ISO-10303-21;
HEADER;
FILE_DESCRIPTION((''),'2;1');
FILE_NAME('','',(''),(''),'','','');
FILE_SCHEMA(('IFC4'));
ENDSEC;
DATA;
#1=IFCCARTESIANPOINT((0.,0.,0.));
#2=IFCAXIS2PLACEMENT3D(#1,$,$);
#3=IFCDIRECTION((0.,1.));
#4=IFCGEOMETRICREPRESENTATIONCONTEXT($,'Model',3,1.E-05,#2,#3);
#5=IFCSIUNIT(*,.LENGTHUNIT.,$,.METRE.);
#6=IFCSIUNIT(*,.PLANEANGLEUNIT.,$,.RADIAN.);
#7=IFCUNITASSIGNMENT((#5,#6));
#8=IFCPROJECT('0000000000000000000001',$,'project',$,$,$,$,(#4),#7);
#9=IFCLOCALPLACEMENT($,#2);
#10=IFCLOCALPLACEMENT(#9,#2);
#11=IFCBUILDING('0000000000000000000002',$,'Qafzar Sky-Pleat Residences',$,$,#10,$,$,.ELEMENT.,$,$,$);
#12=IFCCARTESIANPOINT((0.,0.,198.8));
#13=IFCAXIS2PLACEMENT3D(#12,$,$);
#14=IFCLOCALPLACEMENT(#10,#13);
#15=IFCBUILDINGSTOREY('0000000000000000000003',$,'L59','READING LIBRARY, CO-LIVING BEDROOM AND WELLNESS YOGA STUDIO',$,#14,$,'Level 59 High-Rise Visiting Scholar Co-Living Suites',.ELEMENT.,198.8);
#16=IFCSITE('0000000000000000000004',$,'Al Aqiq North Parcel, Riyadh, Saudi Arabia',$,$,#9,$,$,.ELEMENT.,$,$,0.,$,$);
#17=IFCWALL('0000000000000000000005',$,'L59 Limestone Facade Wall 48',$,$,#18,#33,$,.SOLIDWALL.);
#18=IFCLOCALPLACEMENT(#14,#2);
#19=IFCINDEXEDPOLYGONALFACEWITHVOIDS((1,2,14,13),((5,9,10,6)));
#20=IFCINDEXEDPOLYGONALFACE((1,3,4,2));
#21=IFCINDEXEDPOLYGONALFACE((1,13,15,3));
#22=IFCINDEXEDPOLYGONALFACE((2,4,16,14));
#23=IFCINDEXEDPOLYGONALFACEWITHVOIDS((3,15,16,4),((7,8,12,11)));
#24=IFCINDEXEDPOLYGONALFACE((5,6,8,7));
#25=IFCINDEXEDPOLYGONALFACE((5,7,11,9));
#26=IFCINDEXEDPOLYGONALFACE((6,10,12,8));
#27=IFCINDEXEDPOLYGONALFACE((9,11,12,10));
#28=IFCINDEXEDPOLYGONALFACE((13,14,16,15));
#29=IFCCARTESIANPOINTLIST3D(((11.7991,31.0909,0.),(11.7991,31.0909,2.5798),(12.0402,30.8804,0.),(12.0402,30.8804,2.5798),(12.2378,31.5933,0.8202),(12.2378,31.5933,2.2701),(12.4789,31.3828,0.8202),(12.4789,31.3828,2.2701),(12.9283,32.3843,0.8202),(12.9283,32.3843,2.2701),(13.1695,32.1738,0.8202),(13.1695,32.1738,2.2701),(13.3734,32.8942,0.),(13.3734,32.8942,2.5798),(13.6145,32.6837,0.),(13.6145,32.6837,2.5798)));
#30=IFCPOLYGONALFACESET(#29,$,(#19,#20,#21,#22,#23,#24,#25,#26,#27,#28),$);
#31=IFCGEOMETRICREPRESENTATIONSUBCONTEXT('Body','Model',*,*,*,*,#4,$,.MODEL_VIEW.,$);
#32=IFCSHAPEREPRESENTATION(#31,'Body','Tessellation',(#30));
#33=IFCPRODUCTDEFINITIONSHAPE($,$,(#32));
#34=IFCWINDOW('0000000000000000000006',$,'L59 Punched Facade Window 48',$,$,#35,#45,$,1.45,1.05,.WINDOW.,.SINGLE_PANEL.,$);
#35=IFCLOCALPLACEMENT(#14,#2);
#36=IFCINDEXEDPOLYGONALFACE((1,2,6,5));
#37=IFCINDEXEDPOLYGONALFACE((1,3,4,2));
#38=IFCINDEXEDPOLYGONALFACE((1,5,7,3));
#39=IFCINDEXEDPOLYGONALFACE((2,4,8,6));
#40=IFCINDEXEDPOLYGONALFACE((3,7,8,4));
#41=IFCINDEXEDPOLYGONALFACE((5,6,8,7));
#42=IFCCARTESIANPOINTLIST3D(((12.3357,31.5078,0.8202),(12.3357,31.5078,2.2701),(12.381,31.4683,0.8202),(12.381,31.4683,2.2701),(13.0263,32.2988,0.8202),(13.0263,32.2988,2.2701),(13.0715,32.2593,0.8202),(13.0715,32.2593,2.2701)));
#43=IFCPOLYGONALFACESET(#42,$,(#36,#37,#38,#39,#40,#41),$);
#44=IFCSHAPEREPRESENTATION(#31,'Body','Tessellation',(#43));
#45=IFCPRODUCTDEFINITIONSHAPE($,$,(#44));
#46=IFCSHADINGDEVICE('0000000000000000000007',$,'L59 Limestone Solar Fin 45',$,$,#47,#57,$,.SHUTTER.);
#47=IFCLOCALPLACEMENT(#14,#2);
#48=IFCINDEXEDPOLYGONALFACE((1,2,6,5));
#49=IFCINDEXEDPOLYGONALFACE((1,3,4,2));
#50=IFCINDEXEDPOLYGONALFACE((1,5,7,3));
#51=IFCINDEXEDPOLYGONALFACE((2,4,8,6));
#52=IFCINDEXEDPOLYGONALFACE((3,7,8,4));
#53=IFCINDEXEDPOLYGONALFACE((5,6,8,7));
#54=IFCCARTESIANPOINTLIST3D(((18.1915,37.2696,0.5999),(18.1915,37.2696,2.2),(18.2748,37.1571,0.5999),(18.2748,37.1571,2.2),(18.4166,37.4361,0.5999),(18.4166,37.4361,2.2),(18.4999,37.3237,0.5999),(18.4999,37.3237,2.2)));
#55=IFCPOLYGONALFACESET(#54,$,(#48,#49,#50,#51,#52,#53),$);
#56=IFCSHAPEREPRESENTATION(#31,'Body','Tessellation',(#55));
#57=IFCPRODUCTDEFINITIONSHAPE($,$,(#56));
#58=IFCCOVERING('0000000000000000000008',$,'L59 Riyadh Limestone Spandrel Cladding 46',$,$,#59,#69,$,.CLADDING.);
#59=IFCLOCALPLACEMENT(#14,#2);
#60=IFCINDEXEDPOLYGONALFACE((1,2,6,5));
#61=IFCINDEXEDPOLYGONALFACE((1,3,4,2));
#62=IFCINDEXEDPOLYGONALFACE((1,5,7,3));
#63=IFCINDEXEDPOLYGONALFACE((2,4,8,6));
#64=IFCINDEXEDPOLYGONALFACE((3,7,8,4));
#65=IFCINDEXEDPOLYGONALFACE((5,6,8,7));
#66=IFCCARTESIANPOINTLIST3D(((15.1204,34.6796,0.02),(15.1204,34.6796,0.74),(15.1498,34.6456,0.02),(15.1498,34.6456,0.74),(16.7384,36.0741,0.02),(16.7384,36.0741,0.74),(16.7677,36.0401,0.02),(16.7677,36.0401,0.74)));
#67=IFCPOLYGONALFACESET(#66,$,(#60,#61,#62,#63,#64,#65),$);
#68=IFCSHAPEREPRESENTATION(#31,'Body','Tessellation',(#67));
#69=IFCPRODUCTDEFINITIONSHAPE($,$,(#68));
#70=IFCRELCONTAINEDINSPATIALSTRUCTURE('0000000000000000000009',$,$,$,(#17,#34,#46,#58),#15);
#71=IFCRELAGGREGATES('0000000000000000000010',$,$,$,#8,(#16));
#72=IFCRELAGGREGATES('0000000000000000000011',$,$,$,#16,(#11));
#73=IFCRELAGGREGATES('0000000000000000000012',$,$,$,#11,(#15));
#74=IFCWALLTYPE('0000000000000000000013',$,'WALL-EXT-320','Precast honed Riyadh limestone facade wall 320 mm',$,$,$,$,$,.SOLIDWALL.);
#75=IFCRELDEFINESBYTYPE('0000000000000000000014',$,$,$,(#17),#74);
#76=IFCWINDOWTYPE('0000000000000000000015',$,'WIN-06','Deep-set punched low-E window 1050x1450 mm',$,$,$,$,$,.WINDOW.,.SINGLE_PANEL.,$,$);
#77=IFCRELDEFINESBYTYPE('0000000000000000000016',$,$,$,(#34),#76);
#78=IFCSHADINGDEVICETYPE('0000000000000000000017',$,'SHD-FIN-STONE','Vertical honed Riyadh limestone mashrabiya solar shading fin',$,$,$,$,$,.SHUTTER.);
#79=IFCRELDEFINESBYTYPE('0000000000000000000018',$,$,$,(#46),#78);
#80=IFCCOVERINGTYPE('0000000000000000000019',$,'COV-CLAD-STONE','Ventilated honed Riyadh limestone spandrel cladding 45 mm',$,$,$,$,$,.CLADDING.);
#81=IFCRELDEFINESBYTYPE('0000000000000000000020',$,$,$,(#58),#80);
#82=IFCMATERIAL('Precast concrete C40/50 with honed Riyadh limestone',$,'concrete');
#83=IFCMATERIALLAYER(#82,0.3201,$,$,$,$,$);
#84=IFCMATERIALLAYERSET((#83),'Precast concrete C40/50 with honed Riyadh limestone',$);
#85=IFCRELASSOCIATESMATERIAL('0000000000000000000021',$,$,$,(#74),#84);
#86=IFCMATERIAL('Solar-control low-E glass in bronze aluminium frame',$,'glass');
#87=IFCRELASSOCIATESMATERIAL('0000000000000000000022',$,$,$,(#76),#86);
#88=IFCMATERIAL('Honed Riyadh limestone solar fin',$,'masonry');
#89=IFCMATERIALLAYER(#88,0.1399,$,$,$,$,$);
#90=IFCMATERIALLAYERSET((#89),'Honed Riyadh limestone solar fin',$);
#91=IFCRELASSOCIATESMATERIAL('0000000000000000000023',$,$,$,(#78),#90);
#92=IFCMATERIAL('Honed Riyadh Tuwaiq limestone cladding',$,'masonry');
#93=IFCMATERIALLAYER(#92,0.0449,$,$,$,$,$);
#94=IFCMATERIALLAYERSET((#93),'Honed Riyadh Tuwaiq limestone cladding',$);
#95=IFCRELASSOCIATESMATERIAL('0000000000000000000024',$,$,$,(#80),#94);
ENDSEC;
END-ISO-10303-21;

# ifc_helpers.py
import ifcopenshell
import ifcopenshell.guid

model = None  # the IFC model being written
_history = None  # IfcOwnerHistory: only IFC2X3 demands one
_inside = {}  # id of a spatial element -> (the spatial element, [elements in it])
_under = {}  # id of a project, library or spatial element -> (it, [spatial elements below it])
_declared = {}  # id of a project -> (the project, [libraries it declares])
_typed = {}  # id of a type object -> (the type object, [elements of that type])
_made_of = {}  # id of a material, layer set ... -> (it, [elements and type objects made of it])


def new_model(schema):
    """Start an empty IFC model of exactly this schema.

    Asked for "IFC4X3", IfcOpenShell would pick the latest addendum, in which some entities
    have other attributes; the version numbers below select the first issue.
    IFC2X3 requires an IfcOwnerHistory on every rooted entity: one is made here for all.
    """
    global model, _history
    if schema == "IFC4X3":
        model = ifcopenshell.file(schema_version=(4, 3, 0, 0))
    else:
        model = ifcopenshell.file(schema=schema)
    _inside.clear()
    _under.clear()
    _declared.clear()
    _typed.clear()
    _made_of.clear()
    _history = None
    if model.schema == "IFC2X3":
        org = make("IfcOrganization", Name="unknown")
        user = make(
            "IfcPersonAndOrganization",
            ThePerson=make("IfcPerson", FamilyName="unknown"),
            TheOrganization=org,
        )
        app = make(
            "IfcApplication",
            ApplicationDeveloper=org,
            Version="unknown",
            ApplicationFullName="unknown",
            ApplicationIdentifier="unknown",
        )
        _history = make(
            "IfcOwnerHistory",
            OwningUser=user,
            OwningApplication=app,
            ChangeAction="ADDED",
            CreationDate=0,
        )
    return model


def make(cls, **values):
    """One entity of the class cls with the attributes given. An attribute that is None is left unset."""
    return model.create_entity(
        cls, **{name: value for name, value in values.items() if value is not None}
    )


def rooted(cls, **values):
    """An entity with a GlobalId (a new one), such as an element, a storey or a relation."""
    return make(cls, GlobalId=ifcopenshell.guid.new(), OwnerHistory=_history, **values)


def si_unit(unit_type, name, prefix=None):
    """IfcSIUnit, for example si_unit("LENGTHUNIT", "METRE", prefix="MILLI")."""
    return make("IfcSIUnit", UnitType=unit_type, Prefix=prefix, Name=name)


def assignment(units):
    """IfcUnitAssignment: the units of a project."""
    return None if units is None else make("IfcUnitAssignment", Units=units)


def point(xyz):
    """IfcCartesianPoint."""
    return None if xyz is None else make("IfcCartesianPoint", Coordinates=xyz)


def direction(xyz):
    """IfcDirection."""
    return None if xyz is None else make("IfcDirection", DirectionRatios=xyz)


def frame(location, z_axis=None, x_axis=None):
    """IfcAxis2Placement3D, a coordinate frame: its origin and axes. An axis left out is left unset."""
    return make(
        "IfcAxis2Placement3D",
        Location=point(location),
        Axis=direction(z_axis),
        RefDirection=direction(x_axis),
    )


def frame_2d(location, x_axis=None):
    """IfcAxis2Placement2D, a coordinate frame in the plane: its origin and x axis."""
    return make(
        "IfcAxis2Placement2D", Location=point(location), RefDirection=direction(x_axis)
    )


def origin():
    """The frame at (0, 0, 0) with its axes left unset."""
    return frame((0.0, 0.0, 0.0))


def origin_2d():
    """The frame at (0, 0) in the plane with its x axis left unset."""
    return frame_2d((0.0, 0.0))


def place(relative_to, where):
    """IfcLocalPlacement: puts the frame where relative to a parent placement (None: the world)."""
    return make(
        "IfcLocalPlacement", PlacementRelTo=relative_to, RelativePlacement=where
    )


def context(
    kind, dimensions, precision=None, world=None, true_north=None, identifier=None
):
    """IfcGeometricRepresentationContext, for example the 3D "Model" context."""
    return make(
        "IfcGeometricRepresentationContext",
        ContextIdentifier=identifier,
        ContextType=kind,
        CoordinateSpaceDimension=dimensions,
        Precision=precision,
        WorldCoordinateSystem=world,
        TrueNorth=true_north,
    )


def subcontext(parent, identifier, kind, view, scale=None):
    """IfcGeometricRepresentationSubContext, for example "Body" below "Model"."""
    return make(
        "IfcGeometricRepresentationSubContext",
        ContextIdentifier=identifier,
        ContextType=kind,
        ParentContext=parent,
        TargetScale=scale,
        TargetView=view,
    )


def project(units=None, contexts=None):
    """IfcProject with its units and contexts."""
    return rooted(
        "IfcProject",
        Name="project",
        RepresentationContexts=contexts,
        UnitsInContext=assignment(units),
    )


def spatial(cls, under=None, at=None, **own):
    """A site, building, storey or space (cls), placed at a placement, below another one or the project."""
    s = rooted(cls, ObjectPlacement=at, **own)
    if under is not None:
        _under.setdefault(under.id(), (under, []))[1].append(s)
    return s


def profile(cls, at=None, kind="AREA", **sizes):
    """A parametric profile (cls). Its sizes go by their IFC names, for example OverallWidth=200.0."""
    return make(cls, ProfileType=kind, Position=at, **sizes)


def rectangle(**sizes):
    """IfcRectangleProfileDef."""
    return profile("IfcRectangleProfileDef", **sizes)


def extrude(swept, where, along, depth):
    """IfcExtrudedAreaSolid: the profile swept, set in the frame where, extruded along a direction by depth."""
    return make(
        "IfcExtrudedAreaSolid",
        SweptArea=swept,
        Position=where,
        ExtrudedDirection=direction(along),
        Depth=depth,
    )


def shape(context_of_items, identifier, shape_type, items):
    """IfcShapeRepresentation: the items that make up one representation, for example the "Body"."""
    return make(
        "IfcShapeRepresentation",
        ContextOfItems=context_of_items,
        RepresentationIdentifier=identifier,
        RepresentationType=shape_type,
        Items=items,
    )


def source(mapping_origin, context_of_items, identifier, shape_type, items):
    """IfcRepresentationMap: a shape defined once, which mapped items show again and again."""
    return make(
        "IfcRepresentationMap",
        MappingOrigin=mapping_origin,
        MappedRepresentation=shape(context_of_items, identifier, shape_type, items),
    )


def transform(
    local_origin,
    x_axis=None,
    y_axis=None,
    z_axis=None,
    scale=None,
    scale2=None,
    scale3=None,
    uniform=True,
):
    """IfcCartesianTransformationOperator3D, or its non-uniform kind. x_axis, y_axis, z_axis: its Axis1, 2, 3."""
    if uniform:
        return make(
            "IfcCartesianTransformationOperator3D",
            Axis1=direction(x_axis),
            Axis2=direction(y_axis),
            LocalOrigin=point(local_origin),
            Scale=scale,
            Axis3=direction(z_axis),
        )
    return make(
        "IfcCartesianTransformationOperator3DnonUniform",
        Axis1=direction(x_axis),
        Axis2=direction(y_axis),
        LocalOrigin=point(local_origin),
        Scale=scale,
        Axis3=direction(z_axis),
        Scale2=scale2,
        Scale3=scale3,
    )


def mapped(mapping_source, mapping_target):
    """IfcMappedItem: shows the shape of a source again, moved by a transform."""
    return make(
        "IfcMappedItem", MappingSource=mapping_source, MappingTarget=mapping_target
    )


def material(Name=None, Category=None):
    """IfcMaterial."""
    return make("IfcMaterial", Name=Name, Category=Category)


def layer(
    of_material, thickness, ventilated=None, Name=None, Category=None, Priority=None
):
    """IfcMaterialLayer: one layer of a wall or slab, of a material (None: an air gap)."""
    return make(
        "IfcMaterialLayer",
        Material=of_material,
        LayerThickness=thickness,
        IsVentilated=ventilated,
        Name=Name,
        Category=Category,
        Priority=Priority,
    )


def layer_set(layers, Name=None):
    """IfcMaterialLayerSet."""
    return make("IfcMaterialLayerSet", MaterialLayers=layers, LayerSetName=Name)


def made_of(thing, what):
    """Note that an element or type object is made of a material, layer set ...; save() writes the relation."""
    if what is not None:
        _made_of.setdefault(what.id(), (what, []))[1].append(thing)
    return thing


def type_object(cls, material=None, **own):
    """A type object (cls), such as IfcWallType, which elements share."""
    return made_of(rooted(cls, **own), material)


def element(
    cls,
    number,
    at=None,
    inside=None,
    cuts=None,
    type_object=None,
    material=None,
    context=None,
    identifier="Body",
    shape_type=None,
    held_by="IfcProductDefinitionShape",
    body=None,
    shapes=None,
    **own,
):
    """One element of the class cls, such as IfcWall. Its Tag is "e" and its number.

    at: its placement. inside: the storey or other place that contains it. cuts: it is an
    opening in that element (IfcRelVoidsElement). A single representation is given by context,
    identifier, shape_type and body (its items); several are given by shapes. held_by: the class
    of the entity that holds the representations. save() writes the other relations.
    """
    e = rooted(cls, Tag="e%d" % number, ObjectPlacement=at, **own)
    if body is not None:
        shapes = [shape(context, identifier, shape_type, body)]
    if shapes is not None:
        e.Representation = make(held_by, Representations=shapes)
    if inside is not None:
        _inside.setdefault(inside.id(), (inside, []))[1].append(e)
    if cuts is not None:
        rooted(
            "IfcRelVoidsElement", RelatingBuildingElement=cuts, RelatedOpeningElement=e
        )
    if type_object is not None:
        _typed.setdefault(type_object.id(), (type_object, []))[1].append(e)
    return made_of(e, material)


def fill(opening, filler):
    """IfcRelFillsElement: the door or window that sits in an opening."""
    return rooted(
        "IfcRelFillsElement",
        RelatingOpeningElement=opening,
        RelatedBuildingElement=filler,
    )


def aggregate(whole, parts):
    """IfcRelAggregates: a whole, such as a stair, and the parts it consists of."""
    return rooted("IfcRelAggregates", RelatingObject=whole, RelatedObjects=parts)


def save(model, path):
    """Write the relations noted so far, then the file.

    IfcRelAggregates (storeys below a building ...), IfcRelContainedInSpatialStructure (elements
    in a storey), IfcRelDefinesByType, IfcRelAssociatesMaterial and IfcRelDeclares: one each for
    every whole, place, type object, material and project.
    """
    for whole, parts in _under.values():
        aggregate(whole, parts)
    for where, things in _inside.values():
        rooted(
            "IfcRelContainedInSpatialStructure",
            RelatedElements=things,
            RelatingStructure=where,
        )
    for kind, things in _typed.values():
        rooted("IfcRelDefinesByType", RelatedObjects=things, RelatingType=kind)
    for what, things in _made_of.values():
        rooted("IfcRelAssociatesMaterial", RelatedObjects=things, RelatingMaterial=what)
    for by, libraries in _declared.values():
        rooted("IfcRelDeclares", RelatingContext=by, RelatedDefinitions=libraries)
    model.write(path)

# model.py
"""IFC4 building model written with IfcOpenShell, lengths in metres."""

from ifc_helpers import new_model, si_unit, direction, frame, frame_2d, origin, origin_2d, place, context, subcontext, project, spatial, rectangle, extrude, source, transform, mapped, material, layer, layer_set, type_object, element, fill, save


model = new_model("IFC4")

# Units and contexts
model_context = context("Model", 3, precision=1e-05, world=origin(), true_north=direction((0.0, 1.0)))
body_context = subcontext(model_context, "Body", "Model", "MODEL_VIEW")
ifc_project = project(units=[si_unit("LENGTHUNIT", "METRE"), si_unit("PLANEANGLEUNIT", "RADIAN")], contexts=[model_context])

# Site, building, storey
site_placement = place(None, origin())
site = spatial("IfcSite", under=ifc_project, at=site_placement, Name="Al Aqiq North Parcel, Riyadh, Saudi Arabia", CompositionType="ELEMENT", RefElevation=0.0)
building_placement = place(site_placement, origin())
building = spatial("IfcBuilding", under=site, at=building_placement, Name="Qafzar Sky-Pleat Residences", CompositionType="ELEMENT")
storey_placement = place(building_placement, frame((0.0, 0.0, 198.8)))
storey = spatial("IfcBuildingStorey", under=building, at=storey_placement, Name="L59", Description="READING LIBRARY, CO-LIVING BEDROOM AND WELLNESS YOGA STUDIO", LongName="Level 59 High-Rise Visiting Scholar Co-Living Suites", CompositionType="ELEMENT", Elevation=198.8)

# Shared definitions
ifc_material_1 = material(Name="Precast concrete C40/50 with honed Riyadh limestone", Category="concrete")
ifc_layer_1 = layer(ifc_material_1, 0.3201)
ifc_layer_set_1 = layer_set([ifc_layer_1], Name="Precast concrete C40/50 with honed Riyadh limestone")
wall_type_1 = type_object("IfcWallType", Name="WALL-EXT-320", Description="Precast honed Riyadh limestone facade wall 320 mm", PredefinedType="SOLIDWALL", material=ifc_layer_set_1)
ifc_material_2 = material(Name="Solar-control low-E glass in bronze aluminium frame", Category="glass")

# Wall, opening, window
wall_1_placement = place(storey_placement, frame((13.4939, 32.7888, 0.0), z_axis=(0.0, 0.0, 1.0), x_axis=(-0.657652, -0.753322, 0.0)))
wall_1 = element("IfcWall", 1, at=wall_1_placement, inside=storey, type_object=wall_type_1, Name="L59 Limestone Facade Wall 48", PredefinedType="SOLIDWALL", context=body_context, shape_type="SweptSolid", body=[
    extrude(rectangle(XDim=2.3938, YDim=0.3201, at=frame_2d((1.1968, 0.0))), origin(), (0.0, 0.0, 1.0), 2.5798),
])
opening_1_placement = place(wall_1_placement, frame((0.6768, 0.0, 0.8201)))
opening_1 = element("IfcOpeningElement", 2, at=opening_1_placement, cuts=wall_1, PredefinedType="OPENING", context=body_context, shape_type="SweptSolid", body=[
    extrude(rectangle(XDim=1.05, YDim=1.45, at=frame_2d((0.5249, 0.7251))), frame((0.0, 0.1699, 0.0), z_axis=(0.0, -1.0, 0.0), x_axis=(1.0, 0.0, 0.0)), (0.0, 0.0, 1.0), 0.3401),
])
window_type_1 = type_object("IfcWindowType", Name="WIN-06", Description="Deep-set punched low-E window 1050x1450 mm", PartitioningType="SINGLE_PANEL", PredefinedType="WINDOW", material=ifc_material_2)
shared_shape_1 = source(origin(), body_context, "Body", "SweptSolid", [
    extrude(rectangle(XDim=1.05, YDim=1.45, at=frame_2d((0.5249, 0.7251))), frame((0.0, 0.03, 0.0), z_axis=(0.0, -1.0, 0.0), x_axis=(1.0, 0.0, 0.0)), (0.0, 0.0, 1.0), 0.0601),
])
window_1_placement = place(opening_1_placement, origin())
window_1 = element("IfcWindow", 3, at=window_1_placement, inside=storey, type_object=window_type_1, Name="L59 Punched Facade Window 48", OverallHeight=1.45, OverallWidth=1.05, PartitioningType="SINGLE_PANEL", PredefinedType="WINDOW", context=body_context, shape_type="MappedRepresentation", body=[
    mapped(shared_shape_1, transform((0.0, 0.0, 0.0), x_axis=(1.0, 0.0, 0.0), y_axis=(0.0, 1.0, 0.0), z_axis=(0.0, 0.0, 1.0), scale=1.0)),
])
fill(opening_1, window_1)

# Shading device
ifc_material_3 = material(Name="Honed Riyadh limestone solar fin", Category="masonry")
ifc_layer_2 = layer(ifc_material_3, 0.1399)
ifc_layer_set_2 = layer_set([ifc_layer_2], Name="Honed Riyadh limestone solar fin")
shading_device_type = type_object("IfcShadingDeviceType", Name="SHD-FIN-STONE", Description="Vertical honed Riyadh limestone mashrabiya solar shading fin", PredefinedType="SHUTTER", material=ifc_layer_set_2)
shared_shape_2 = source(origin(), body_context, "Body", "SweptSolid", [
    extrude(rectangle(XDim=0.1399, YDim=0.28, at=origin_2d()), origin(), (0.0, 0.0, 1.0), 1.6001),
])
shading_device_placement = place(storey_placement, frame((18.3457, 37.2966, 0.5999), z_axis=(0.0, 0.0, 1.0), x_axis=(-0.594856, 0.803832, 0.0)))
element("IfcShadingDevice", 4, at=shading_device_placement, inside=storey, type_object=shading_device_type, Name="L59 Limestone Solar Fin 45", PredefinedType="SHUTTER", context=body_context, shape_type="MappedRepresentation", body=[
    mapped(shared_shape_2, transform((0.0, 0.0, 0.0), x_axis=(1.0, 0.0, 0.0), y_axis=(0.0, 1.0, 0.0), z_axis=(0.0, 0.0, 1.0), scale=1.0)),
])

# Covering
ifc_material_4 = material(Name="Honed Riyadh Tuwaiq limestone cladding", Category="masonry")
ifc_layer_3 = layer(ifc_material_4, 0.0449)
ifc_layer_set_3 = layer_set([ifc_layer_3], Name="Honed Riyadh Tuwaiq limestone cladding")
covering_type = type_object("IfcCoveringType", Name="COV-CLAD-STONE", Description="Ventilated honed Riyadh limestone spandrel cladding 45 mm", PredefinedType="CLADDING", material=ifc_layer_set_3)
shared_shape_3 = source(origin(), body_context, "Body", "SweptSolid", [
    extrude(rectangle(XDim=2.136, YDim=0.0449, at=origin_2d()), origin(), (0.0, 0.0, 1.0), 0.72),
])
covering_placement = place(storey_placement, frame((15.9441, 35.3599, 0.02), z_axis=(0.0, 0.0, 1.0), x_axis=(-0.757478, -0.65286, 0.0)))
element("IfcCovering", 5, at=covering_placement, inside=storey, type_object=covering_type, Name="L59 Riyadh Limestone Spandrel Cladding 46", PredefinedType="CLADDING", context=body_context, shape_type="MappedRepresentation", body=[
    mapped(shared_shape_3, transform((0.0, 0.0, 0.0), x_axis=(1.0, 0.0, 0.0), y_axis=(0.0, 1.0, 0.0), z_axis=(0.0, 0.0, 1.0), scale=1.0)),
])

save(model, "model.ifc")
